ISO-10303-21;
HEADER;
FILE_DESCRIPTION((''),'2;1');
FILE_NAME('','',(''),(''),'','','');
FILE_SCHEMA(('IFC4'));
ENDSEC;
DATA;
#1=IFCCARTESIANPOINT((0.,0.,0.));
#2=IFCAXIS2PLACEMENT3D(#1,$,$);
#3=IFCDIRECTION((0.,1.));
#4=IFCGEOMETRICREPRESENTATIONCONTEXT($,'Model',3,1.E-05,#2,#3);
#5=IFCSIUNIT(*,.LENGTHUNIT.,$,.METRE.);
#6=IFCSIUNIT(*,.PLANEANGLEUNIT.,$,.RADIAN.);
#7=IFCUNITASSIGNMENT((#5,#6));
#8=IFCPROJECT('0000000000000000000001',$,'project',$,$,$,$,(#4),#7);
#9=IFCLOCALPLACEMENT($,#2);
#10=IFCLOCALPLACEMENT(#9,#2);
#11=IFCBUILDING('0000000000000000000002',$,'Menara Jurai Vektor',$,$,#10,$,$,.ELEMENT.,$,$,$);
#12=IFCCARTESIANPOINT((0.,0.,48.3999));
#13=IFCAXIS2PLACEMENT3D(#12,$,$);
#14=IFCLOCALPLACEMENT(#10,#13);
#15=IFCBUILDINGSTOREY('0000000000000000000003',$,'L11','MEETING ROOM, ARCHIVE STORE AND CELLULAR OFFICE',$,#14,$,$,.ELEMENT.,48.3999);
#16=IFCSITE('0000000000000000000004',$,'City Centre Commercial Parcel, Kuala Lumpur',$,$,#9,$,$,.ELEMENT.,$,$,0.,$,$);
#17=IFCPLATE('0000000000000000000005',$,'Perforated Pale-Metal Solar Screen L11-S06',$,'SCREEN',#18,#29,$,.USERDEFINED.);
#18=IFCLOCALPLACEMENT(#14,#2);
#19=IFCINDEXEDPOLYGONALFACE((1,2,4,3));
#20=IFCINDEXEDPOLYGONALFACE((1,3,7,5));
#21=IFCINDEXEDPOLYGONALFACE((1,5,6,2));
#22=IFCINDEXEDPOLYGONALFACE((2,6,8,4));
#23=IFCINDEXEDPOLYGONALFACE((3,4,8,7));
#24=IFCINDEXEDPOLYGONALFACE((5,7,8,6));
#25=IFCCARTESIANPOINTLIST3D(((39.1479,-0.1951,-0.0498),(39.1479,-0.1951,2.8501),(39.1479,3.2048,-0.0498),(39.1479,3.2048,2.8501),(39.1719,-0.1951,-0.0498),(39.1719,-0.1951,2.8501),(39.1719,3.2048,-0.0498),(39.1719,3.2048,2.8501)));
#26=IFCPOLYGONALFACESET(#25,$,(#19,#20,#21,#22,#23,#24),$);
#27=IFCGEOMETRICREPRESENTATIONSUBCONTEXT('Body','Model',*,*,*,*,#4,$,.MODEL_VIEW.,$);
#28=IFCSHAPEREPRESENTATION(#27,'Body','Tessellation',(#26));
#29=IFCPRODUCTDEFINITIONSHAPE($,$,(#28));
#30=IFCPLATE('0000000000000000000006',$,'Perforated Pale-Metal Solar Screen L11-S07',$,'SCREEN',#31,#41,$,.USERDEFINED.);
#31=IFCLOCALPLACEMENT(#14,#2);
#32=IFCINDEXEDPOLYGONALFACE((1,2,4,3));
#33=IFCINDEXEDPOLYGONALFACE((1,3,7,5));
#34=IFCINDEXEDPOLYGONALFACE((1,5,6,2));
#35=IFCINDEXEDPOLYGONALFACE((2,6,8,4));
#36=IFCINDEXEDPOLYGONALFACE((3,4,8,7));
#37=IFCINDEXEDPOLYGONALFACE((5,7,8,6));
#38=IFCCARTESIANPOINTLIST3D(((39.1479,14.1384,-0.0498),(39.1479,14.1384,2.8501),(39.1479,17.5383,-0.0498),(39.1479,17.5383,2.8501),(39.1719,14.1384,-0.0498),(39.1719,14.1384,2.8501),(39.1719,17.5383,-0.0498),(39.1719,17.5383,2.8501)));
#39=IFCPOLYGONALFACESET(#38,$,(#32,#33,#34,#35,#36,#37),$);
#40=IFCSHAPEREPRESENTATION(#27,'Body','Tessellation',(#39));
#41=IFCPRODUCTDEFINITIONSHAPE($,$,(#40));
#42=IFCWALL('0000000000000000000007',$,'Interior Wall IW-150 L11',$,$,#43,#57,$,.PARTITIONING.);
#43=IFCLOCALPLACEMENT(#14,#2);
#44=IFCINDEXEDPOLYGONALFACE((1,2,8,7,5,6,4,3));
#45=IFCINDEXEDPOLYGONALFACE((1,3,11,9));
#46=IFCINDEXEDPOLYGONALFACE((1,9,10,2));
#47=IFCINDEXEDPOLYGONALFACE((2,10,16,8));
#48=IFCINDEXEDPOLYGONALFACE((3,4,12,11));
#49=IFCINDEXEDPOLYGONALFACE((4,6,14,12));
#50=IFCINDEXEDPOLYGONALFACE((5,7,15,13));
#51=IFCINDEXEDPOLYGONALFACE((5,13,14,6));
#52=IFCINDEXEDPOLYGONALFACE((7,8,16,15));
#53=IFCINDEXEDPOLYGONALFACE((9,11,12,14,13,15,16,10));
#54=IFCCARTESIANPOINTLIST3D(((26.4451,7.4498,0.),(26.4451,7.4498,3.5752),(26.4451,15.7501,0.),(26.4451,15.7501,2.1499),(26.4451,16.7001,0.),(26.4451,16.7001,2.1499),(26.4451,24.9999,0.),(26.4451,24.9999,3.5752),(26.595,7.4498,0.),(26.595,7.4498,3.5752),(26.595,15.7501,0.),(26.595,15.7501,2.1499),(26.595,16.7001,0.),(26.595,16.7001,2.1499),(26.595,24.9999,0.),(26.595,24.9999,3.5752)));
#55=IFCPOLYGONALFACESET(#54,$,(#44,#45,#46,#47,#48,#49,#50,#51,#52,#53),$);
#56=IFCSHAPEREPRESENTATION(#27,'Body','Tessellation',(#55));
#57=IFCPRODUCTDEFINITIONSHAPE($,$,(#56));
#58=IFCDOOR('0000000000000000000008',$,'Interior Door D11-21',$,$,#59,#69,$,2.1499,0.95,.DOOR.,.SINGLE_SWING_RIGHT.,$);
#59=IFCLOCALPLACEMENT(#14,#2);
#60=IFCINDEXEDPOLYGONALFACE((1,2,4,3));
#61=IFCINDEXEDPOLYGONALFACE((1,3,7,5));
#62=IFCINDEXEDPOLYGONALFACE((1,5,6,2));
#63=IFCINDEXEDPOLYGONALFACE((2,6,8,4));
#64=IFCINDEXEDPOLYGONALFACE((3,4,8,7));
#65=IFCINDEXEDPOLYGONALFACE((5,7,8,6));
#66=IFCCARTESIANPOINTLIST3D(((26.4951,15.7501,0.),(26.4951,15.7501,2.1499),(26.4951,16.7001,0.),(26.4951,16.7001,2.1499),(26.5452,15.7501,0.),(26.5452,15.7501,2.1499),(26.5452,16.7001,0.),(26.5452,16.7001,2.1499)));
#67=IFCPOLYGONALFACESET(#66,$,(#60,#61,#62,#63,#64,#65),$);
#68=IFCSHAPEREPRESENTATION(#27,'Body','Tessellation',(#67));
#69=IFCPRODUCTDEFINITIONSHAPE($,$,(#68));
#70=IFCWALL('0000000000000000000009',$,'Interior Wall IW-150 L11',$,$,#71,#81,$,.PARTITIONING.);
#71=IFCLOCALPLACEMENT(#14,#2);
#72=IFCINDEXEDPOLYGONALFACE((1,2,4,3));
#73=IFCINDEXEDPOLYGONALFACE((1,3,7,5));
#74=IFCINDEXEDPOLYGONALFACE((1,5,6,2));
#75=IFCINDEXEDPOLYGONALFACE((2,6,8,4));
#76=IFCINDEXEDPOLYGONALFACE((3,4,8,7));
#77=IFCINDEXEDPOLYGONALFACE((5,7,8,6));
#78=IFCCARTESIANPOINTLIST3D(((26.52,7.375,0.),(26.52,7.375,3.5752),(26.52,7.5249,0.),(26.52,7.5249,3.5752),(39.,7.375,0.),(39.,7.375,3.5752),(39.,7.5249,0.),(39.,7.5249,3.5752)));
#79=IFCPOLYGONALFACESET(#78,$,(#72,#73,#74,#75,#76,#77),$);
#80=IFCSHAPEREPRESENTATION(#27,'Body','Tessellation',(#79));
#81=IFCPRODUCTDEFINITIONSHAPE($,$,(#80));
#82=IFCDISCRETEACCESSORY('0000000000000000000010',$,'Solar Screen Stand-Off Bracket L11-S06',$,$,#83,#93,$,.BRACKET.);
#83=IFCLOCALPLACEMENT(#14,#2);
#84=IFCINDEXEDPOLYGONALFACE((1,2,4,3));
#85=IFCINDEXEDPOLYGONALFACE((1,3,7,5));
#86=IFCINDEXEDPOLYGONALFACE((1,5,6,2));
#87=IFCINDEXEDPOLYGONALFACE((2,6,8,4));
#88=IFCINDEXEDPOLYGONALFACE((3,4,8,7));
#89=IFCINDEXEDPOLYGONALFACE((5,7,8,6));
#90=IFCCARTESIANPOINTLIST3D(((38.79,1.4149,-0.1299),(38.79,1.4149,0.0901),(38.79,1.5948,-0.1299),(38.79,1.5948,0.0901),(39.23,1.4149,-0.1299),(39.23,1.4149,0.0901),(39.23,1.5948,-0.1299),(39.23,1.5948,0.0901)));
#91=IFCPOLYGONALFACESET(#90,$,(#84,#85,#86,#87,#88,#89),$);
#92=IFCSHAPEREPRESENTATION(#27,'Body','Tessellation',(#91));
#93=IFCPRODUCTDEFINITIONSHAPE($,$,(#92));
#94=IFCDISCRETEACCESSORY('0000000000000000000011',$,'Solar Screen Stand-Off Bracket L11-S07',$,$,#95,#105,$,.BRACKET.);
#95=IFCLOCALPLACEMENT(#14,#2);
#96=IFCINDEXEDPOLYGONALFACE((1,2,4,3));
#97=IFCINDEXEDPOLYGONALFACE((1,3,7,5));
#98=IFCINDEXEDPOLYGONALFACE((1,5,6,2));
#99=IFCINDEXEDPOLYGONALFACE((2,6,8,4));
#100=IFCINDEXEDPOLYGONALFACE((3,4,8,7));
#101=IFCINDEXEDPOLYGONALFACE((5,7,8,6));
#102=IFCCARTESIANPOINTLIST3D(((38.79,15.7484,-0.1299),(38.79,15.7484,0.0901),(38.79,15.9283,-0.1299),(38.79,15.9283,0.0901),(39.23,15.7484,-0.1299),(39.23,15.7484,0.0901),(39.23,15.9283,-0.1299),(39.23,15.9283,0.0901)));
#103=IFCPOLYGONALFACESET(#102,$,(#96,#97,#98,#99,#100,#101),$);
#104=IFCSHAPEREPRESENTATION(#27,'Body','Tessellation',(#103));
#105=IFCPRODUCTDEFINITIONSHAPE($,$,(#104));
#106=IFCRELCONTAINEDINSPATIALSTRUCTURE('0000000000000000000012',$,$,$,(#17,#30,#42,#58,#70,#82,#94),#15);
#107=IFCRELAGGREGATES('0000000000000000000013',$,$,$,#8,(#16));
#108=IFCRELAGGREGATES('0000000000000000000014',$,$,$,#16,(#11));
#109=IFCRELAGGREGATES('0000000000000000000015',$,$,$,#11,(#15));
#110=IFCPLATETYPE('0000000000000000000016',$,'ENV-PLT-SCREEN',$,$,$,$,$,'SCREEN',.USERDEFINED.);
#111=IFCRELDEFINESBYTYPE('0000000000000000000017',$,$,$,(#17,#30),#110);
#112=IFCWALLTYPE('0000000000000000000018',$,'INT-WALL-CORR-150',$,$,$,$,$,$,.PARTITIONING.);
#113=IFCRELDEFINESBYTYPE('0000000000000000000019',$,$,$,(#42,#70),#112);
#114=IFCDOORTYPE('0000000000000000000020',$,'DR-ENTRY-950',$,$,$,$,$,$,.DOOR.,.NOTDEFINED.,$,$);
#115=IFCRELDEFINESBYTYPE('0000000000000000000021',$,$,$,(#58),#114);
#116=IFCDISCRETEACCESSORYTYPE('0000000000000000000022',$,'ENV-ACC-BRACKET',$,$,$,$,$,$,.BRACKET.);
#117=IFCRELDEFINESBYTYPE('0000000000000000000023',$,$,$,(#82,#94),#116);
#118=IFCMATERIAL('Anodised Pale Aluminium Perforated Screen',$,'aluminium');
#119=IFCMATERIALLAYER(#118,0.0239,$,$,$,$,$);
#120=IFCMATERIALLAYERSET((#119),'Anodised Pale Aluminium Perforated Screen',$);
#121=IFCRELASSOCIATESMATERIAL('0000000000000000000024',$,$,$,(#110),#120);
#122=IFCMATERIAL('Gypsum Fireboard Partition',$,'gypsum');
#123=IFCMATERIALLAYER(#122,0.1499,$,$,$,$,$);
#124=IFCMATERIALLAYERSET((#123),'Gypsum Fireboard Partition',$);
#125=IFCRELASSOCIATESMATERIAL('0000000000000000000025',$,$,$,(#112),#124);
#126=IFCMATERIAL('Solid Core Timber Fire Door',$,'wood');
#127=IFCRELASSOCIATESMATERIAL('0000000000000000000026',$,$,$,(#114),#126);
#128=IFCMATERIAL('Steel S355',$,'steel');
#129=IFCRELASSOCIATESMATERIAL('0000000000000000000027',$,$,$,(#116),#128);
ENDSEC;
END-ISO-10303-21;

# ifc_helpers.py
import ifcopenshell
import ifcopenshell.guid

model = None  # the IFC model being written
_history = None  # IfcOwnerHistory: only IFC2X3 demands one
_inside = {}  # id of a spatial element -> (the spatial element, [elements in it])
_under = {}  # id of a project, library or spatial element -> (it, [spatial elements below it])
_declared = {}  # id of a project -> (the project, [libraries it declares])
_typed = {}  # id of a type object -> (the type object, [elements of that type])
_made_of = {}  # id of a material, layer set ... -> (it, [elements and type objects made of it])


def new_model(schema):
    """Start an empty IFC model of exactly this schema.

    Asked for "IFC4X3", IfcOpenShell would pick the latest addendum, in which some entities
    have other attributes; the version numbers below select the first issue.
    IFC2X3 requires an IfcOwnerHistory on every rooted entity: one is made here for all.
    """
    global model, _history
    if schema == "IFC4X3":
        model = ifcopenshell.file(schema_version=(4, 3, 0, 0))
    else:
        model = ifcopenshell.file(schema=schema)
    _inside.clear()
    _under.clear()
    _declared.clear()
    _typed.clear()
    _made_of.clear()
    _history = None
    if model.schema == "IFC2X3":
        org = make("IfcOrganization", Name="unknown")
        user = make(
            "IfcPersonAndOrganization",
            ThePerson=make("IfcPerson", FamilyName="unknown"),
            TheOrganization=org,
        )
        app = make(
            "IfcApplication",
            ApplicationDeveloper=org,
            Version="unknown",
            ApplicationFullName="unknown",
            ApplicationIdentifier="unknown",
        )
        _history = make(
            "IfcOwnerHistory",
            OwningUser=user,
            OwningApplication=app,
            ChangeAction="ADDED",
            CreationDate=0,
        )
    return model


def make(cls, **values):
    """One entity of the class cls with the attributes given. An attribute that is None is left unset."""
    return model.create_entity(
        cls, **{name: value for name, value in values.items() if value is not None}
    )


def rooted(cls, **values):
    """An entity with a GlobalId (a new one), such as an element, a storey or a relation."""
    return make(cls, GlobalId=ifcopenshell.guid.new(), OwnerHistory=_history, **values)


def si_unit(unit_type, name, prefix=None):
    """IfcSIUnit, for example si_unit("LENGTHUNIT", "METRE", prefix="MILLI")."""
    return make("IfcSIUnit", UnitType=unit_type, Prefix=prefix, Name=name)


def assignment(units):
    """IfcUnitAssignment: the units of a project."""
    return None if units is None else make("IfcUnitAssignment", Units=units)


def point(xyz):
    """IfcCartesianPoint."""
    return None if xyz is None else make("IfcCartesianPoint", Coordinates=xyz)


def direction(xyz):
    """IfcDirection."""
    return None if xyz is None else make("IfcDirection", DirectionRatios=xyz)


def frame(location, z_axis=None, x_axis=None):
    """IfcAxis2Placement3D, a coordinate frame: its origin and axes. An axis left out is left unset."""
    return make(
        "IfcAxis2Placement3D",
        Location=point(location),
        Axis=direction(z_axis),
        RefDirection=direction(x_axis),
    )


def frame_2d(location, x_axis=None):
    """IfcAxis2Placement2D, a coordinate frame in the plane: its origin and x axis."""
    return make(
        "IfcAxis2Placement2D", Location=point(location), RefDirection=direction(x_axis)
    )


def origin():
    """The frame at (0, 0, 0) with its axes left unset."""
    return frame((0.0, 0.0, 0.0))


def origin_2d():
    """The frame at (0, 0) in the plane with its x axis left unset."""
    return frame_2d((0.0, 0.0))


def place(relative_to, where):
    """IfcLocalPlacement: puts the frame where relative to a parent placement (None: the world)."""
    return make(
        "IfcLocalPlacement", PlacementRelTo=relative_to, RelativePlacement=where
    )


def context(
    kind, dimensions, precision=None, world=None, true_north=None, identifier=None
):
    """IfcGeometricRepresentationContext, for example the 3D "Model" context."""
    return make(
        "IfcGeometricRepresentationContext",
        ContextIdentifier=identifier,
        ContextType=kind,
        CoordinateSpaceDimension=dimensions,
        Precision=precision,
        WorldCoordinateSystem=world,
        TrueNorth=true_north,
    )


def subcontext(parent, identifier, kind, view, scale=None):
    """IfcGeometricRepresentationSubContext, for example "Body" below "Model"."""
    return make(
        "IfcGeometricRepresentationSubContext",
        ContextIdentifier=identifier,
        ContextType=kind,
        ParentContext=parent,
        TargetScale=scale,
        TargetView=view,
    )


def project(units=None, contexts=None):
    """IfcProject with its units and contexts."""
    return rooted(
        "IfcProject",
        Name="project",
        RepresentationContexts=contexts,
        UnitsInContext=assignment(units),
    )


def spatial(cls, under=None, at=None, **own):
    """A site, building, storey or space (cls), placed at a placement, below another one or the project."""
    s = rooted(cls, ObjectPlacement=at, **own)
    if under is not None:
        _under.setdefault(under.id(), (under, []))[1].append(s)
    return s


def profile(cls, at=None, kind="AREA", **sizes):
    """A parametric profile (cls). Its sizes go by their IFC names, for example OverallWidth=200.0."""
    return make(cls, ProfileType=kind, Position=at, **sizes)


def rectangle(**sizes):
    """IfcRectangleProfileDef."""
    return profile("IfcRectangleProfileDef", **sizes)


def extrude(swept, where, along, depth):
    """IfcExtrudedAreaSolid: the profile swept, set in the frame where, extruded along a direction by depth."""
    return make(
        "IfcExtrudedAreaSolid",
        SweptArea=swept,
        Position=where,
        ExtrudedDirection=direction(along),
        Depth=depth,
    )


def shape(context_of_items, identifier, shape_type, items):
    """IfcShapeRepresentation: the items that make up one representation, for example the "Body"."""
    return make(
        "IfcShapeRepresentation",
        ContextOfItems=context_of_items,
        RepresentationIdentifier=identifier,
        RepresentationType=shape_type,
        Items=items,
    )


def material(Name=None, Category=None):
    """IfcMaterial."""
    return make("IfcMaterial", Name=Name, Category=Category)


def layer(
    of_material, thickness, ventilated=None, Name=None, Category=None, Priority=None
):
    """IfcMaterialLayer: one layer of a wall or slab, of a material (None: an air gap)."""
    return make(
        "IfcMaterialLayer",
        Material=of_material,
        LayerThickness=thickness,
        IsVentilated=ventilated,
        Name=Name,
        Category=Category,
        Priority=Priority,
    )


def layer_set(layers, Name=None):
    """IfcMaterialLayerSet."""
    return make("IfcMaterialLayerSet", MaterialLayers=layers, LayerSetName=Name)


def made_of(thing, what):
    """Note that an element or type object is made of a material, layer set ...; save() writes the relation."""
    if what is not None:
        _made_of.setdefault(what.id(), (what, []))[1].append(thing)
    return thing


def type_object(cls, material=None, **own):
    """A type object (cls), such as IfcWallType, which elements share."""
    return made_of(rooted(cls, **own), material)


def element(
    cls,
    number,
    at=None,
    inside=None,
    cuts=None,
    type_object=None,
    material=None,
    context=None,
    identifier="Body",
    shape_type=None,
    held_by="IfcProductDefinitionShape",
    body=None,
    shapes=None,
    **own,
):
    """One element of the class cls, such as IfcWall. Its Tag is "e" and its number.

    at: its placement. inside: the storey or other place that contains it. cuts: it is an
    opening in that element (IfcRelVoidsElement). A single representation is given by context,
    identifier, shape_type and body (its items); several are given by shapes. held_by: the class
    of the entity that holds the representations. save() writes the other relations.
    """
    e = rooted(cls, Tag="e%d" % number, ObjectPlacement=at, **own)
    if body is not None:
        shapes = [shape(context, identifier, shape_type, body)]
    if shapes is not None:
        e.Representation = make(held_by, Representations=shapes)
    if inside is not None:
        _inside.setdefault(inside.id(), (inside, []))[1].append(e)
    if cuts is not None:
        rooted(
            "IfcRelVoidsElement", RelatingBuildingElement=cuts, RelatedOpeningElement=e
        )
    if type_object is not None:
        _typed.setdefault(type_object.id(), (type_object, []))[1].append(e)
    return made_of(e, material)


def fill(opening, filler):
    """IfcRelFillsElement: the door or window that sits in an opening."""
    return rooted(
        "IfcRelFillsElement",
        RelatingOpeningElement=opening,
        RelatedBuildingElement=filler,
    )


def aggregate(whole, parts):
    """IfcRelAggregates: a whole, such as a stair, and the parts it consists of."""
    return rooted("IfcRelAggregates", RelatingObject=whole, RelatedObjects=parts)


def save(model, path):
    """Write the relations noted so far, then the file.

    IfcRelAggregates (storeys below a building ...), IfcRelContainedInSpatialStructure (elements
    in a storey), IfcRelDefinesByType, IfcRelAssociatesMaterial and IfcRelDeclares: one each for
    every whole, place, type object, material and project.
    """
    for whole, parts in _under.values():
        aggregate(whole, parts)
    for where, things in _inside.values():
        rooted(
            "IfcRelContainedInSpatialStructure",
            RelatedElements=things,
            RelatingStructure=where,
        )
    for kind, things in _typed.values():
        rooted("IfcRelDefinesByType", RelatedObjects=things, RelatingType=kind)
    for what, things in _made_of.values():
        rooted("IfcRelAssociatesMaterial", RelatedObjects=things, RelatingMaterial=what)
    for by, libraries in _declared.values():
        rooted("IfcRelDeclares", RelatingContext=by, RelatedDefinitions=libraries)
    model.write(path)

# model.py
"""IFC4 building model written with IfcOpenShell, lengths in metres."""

from ifc_helpers import new_model, si_unit, direction, frame, frame_2d, origin, origin_2d, place, context, subcontext, project, spatial, rectangle, extrude, material, layer, layer_set, type_object, element, fill, save


model = new_model("IFC4")

# Units and contexts
model_context = context("Model", 3, precision=1e-05, world=origin(), true_north=direction((0.0, 1.0)))
body_context = subcontext(model_context, "Body", "Model", "MODEL_VIEW")
ifc_project = project(units=[si_unit("LENGTHUNIT", "METRE"), si_unit("PLANEANGLEUNIT", "RADIAN")], contexts=[model_context])

# Site, building, storey
site_placement = place(None, origin())
site = spatial("IfcSite", under=ifc_project, at=site_placement, Name="City Centre Commercial Parcel, Kuala Lumpur", CompositionType="ELEMENT", RefElevation=0.0)
building_placement = place(site_placement, origin())
building = spatial("IfcBuilding", under=site, at=building_placement, Name="Menara Jurai Vektor", CompositionType="ELEMENT")
storey_placement = place(building_placement, frame((0.0, 0.0, 48.3999)))
storey = spatial("IfcBuildingStorey", under=building, at=storey_placement, Name="L11", Description="MEETING ROOM, ARCHIVE STORE AND CELLULAR OFFICE", CompositionType="ELEMENT", Elevation=48.3999)

# Shared definitions
ifc_material_1 = material(Name="Steel S355", Category="steel")

# Plates
ifc_material_2 = material(Name="Anodised Pale Aluminium Perforated Screen", Category="aluminium")
ifc_layer_1 = layer(ifc_material_2, 0.0239)
ifc_layer_set_1 = layer_set([ifc_layer_1], Name="Anodised Pale Aluminium Perforated Screen")
plate_type_1 = type_object("IfcPlateType", Name="ENV-PLT-SCREEN", ElementType="SCREEN", PredefinedType="USERDEFINED", material=ifc_layer_set_1)
for number, where, z_axis, x_axis, name in (
    (1, (39.1599, 1.5049, -0.0498), (0.0, 0.0, 1.0), (0.0, 1.0, 0.0), "Perforated Pale-Metal Solar Screen L11-S06"),
    (2, (39.1599, 15.8384, -0.0498), (0.0, 0.0, 1.0), (0.0, 1.0, 0.0), "Perforated Pale-Metal Solar Screen L11-S07"),
):
    element("IfcPlate", number, at=place(storey_placement, frame(where, z_axis=z_axis, x_axis=x_axis)), inside=storey, type_object=plate_type_1, Name=name, ObjectType="SCREEN", PredefinedType="USERDEFINED", context=body_context, shape_type="SweptSolid", body=[
        extrude(rectangle(XDim=3.3999, YDim=0.0239, at=origin_2d()), origin(), (0.0, 0.0, 1.0), 2.8999),
    ])

# Wall, opening, door
ifc_material_3 = material(Name="Gypsum Fireboard Partition", Category="gypsum")
ifc_layer_2 = layer(ifc_material_3, 0.1499)
ifc_layer_set_2 = layer_set([ifc_layer_2], Name="Gypsum Fireboard Partition")
wall_type = type_object("IfcWallType", Name="INT-WALL-CORR-150", PredefinedType="PARTITIONING", material=ifc_layer_set_2)
wall_1_placement = place(storey_placement, frame((26.52, 7.45, 0.0), z_axis=(0.0, 0.0, 1.0), x_axis=(0.0, 1.0, 0.0)))
wall_1 = element("IfcWall", 3, at=wall_1_placement, inside=storey, type_object=wall_type, Name="Interior Wall IW-150 L11", PredefinedType="PARTITIONING", context=body_context, shape_type="SweptSolid", body=[
    extrude(rectangle(XDim=17.55, YDim=0.1499, at=frame_2d((8.7749, 0.0))), origin(), (0.0, 0.0, 1.0), 3.5752),
])
opening_placement = place(wall_1_placement, frame((8.3, 0.0, 0.0)))
opening = element("IfcOpeningElement", 4, at=opening_placement, cuts=wall_1, PredefinedType="OPENING", context=body_context, shape_type="SweptSolid", body=[
    extrude(rectangle(XDim=0.95, YDim=2.1499, at=frame_2d((0.4751, 1.075))), frame((0.0, 0.085, 0.0), z_axis=(0.0, -1.0, 0.0), x_axis=(1.0, 0.0, 0.0)), (0.0, 0.0, 1.0), 0.1699),
])
ifc_material_4 = material(Name="Solid Core Timber Fire Door", Category="wood")
door_type = type_object("IfcDoorType", Name="DR-ENTRY-950", OperationType="NOTDEFINED", PredefinedType="DOOR", material=ifc_material_4)
door_placement = place(opening_placement, origin())
door = element("IfcDoor", 5, at=door_placement, inside=storey, type_object=door_type, Name="Interior Door D11-21", OperationType="SINGLE_SWING_RIGHT", OverallHeight=2.1499, OverallWidth=0.95, PredefinedType="DOOR", context=body_context, shape_type="SweptSolid", body=[
    extrude(rectangle(XDim=0.95, YDim=2.1499, at=frame_2d((0.4751, 1.075))), frame((0.0, 0.0249, 0.0), z_axis=(0.0, -1.0, 0.0), x_axis=(1.0, 0.0, 0.0)), (0.0, 0.0, 1.0), 0.05),
])
fill(opening, door)

# Wall
wall_2_placement = place(storey_placement, frame((26.52, 7.45, 0.0), z_axis=(0.0, 0.0, 1.0), x_axis=(1.0, 0.0, 0.0)))
element("IfcWall", 6, at=wall_2_placement, inside=storey, type_object=wall_type, Name="Interior Wall IW-150 L11", PredefinedType="PARTITIONING", context=body_context, shape_type="SweptSolid", body=[
    extrude(rectangle(XDim=12.48, YDim=0.1499, at=frame_2d((6.24, 0.0))), origin(), (0.0, 0.0, 1.0), 3.5752),
])

# Discrete accessories
discrete_accessory_type = type_object("IfcDiscreteAccessoryType", Name="ENV-ACC-BRACKET", PredefinedType="BRACKET", material=ifc_material_1)
for number, where, z_axis, x_axis, name in (
    (7, (39.01, 1.5049, -0.1299), (0.0, 0.0, 1.0), (0.0, 1.0, 0.0), "Solar Screen Stand-Off Bracket L11-S06"),
    (8, (39.01, 15.8384, -0.1299), (0.0, 0.0, 1.0), (0.0, 1.0, 0.0), "Solar Screen Stand-Off Bracket L11-S07"),
):
    element("IfcDiscreteAccessory", number, at=place(storey_placement, frame(where, z_axis=z_axis, x_axis=x_axis)), inside=storey, type_object=discrete_accessory_type, Name=name, PredefinedType="BRACKET", context=body_context, shape_type="SweptSolid", body=[
        extrude(rectangle(XDim=0.1799, YDim=0.4399, at=origin_2d()), origin(), (0.0, 0.0, 1.0), 0.22),
    ])

save(model, "model.ifc")
